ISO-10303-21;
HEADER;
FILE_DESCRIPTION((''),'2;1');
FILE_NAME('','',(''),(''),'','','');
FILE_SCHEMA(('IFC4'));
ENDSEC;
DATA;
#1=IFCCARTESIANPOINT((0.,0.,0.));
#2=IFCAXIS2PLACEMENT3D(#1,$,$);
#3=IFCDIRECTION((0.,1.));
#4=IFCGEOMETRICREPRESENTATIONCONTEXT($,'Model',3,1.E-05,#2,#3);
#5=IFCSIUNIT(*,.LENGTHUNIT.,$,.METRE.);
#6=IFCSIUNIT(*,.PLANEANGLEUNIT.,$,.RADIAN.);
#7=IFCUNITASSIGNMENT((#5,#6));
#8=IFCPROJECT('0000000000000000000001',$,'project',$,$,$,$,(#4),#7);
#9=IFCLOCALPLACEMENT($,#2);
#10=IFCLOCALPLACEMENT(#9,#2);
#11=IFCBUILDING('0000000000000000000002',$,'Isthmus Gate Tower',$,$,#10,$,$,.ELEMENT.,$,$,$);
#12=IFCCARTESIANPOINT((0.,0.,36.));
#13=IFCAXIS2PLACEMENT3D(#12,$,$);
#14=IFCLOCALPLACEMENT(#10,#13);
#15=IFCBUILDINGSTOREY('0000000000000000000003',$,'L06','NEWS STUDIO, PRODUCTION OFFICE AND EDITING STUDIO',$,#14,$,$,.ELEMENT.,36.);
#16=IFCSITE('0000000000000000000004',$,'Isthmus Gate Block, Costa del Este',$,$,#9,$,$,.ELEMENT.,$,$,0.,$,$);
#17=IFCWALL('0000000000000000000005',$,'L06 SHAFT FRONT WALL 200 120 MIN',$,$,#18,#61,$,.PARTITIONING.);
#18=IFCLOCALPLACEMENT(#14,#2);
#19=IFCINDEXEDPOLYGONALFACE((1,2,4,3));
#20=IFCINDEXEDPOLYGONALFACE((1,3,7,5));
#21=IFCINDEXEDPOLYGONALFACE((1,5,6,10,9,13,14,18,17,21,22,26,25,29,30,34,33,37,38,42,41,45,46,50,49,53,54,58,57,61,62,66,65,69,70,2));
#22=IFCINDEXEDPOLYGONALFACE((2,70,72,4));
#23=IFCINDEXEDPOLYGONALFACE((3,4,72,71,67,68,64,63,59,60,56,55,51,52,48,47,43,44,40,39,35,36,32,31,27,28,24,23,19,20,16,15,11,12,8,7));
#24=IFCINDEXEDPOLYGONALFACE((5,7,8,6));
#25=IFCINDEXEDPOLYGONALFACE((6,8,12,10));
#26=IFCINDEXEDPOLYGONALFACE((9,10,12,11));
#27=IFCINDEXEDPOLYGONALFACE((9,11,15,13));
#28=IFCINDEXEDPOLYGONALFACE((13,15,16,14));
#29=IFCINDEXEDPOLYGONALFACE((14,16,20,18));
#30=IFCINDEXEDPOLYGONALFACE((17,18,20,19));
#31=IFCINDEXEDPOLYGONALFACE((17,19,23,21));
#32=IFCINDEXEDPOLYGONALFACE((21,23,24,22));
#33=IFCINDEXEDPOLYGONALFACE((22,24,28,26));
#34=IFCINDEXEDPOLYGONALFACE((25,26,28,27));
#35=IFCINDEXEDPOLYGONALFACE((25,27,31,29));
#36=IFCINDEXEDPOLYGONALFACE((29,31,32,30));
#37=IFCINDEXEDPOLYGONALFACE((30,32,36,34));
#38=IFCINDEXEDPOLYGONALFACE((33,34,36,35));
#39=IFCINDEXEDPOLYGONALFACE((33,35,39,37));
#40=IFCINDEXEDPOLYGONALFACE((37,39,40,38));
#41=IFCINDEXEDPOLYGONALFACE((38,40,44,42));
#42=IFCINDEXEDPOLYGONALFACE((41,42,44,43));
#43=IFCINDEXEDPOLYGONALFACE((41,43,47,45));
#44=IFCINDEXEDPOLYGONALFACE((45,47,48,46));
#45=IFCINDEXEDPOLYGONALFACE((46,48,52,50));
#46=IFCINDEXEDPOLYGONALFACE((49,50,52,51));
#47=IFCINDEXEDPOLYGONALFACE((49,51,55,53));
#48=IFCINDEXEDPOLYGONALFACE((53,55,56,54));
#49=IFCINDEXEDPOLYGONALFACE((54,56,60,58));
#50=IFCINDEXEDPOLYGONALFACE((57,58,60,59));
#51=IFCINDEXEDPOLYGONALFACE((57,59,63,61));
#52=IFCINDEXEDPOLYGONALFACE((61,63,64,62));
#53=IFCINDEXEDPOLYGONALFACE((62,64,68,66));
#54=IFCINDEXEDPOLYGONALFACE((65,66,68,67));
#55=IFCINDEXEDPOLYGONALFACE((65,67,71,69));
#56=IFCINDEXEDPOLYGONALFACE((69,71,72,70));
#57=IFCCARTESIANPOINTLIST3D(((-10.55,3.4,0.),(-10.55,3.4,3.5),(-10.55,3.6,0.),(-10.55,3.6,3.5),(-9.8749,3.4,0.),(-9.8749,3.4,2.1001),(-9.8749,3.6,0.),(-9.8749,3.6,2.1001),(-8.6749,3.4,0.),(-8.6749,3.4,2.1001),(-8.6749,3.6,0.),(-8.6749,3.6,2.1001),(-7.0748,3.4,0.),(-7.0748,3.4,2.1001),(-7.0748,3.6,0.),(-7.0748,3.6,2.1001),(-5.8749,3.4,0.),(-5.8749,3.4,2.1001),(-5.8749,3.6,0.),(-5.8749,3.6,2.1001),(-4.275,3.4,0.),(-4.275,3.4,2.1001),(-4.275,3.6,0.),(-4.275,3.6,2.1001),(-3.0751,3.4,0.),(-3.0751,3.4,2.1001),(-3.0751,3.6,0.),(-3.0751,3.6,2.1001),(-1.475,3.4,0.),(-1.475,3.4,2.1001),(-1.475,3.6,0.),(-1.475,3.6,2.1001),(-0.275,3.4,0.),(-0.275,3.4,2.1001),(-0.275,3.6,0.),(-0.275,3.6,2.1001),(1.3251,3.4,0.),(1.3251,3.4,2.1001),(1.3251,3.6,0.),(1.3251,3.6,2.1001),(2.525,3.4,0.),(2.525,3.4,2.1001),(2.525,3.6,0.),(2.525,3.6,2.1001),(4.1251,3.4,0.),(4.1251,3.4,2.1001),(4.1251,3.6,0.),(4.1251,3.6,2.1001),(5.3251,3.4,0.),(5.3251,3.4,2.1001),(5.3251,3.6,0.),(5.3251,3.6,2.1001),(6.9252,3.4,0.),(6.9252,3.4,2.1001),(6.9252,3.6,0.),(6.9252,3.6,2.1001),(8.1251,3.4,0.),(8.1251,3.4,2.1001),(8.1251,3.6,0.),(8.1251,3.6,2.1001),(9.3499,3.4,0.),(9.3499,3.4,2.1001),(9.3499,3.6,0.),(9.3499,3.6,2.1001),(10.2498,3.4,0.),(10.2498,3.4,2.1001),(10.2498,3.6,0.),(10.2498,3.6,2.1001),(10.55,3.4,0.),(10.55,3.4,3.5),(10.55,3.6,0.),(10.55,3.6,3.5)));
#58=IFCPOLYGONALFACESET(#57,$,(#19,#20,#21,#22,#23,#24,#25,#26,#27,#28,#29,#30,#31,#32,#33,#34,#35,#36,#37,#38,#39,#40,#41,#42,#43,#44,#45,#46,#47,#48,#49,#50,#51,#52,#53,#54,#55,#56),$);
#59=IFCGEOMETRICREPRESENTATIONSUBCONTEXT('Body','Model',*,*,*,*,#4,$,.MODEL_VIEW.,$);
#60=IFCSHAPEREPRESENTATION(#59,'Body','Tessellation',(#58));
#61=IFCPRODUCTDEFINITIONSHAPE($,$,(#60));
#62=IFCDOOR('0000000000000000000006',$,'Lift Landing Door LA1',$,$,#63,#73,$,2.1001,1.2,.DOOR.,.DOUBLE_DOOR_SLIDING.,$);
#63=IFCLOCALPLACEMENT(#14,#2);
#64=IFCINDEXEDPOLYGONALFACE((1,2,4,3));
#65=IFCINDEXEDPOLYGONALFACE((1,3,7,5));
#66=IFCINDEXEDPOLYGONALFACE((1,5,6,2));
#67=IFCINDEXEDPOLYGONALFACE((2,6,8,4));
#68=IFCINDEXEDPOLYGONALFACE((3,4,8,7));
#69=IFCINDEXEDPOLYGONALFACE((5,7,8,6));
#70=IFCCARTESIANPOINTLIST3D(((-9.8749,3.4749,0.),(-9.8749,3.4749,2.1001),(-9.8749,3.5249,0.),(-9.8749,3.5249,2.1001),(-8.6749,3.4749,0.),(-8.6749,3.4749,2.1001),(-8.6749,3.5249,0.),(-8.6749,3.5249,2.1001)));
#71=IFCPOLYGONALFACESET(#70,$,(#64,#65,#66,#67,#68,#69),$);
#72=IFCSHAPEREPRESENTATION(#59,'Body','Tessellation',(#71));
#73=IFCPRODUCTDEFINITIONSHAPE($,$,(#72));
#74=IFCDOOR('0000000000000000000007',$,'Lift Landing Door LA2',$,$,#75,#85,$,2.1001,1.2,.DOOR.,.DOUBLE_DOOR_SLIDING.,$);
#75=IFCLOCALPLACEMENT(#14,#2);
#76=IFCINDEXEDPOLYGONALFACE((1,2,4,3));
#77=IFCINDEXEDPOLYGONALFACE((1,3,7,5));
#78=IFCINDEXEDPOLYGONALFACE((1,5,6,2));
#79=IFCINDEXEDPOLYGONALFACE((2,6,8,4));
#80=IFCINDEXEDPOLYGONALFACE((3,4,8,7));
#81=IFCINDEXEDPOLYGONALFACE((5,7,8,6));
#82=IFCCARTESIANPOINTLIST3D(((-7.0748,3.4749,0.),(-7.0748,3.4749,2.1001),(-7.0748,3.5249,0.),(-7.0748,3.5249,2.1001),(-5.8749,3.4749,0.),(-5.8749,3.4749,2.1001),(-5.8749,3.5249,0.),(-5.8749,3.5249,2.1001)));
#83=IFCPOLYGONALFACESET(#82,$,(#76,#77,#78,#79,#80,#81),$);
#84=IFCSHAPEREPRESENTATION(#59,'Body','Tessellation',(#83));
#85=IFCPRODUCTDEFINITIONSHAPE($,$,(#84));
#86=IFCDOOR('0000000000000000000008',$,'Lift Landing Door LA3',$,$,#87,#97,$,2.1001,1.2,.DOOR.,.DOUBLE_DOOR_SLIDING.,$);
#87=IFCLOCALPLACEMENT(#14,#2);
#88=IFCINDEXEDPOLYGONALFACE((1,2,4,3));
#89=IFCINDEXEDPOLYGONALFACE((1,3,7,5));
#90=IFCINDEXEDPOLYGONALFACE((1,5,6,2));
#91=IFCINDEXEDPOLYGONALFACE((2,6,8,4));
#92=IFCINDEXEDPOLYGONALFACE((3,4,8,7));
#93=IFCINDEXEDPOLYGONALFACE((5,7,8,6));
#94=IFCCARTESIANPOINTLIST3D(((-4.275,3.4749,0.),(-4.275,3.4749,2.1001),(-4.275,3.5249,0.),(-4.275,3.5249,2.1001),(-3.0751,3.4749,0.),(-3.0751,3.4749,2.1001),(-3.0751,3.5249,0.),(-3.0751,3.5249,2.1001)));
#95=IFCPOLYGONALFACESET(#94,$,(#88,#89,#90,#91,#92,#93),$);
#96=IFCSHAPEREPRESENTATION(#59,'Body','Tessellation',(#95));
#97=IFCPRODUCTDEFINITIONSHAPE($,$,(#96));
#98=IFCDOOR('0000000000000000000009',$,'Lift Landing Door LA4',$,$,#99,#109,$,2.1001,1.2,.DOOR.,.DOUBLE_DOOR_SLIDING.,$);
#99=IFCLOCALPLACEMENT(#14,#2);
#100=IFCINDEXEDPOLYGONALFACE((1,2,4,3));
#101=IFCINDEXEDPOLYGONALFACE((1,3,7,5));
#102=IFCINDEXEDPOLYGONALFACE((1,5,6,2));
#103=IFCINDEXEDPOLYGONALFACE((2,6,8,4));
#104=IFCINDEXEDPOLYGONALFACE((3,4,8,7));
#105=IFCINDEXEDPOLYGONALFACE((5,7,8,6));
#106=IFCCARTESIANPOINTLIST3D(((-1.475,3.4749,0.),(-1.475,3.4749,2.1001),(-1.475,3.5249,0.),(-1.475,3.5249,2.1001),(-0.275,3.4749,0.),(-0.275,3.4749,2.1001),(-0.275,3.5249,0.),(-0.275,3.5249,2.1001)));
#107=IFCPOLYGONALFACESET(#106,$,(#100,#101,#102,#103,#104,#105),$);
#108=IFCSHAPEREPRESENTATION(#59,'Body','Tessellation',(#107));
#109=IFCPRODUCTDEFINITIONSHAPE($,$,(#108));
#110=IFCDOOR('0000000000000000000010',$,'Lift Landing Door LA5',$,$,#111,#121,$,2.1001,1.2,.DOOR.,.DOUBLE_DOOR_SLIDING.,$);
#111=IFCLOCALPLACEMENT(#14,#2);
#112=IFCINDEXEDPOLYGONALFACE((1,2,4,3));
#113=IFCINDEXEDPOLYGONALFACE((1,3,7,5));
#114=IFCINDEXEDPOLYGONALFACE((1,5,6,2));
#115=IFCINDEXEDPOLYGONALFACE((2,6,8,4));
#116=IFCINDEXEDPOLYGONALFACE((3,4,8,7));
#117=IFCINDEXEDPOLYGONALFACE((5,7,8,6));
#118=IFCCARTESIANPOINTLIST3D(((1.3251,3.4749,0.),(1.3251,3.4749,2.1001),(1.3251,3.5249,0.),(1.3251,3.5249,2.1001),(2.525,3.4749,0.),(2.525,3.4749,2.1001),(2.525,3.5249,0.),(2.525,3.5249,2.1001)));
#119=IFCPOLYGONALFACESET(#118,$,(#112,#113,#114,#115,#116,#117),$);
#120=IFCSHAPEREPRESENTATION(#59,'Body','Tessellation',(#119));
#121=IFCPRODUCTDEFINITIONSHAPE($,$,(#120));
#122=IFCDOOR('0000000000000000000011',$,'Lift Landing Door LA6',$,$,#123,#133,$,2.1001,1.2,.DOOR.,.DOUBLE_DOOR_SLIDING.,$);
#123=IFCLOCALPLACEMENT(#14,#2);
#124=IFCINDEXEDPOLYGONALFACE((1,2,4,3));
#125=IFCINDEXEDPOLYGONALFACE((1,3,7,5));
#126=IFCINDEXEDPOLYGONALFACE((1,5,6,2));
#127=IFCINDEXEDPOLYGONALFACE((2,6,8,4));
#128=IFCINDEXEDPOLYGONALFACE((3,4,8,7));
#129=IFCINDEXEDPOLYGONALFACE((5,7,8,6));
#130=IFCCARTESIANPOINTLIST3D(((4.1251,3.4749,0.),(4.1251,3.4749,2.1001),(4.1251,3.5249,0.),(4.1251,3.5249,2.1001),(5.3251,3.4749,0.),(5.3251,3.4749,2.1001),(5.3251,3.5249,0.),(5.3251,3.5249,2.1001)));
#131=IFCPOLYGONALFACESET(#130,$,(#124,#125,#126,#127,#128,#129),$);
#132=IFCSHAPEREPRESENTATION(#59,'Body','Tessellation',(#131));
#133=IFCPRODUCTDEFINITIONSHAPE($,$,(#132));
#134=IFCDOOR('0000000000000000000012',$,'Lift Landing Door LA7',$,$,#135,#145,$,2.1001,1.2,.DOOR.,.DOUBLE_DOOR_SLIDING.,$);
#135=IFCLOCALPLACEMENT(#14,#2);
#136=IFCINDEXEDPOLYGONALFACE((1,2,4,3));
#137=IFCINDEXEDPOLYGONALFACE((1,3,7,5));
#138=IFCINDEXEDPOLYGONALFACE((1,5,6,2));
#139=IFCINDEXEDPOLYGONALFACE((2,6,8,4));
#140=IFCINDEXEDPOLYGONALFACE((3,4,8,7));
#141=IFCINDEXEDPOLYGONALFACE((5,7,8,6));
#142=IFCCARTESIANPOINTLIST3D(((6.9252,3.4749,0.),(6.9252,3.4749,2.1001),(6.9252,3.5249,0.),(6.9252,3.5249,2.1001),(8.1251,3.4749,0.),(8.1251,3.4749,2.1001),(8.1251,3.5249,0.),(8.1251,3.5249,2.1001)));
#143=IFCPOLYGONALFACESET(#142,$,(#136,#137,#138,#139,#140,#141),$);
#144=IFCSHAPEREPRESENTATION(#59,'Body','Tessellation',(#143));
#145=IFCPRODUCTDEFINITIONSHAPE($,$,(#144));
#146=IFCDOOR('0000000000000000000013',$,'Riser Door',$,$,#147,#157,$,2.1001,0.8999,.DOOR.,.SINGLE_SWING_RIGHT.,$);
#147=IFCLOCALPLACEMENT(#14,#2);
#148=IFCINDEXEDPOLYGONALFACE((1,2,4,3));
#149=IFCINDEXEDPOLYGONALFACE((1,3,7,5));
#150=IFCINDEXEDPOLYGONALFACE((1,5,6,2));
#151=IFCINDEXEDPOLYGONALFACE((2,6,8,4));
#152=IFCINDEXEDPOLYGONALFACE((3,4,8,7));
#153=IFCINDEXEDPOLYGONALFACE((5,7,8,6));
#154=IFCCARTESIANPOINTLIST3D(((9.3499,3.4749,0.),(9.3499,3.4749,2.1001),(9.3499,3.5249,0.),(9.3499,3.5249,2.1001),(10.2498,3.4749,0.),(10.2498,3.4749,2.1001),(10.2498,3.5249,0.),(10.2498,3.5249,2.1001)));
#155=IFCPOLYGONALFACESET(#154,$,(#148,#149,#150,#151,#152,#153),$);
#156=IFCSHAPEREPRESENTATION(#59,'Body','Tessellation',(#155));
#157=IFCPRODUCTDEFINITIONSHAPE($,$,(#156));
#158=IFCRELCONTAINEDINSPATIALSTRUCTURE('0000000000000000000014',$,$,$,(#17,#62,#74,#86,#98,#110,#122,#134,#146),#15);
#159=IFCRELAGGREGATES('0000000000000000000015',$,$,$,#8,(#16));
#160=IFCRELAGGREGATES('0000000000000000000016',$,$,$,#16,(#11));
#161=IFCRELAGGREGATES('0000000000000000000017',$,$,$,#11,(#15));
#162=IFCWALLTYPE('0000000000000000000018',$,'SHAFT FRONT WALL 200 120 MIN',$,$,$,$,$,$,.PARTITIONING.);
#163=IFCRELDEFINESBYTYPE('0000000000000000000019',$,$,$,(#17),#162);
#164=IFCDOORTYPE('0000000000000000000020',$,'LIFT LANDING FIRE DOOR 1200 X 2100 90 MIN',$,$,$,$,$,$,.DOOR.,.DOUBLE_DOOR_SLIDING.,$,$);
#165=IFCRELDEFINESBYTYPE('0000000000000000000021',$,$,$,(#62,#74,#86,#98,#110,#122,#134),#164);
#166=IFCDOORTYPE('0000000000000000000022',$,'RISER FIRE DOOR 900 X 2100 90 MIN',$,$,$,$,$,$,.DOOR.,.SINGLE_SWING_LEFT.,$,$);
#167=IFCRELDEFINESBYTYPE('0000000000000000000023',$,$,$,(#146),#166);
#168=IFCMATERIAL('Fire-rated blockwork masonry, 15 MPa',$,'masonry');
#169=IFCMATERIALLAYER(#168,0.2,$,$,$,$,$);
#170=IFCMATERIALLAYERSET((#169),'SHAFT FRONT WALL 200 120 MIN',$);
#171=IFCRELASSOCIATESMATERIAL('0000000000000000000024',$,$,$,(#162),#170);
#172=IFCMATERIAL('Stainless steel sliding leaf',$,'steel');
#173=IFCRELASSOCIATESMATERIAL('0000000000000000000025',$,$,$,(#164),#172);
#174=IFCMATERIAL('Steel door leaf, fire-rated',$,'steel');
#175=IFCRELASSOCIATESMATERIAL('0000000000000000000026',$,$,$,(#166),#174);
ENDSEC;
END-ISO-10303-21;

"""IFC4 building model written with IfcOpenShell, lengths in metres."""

from ifc_helpers import new_model, si_unit, direction, frame, frame_2d, origin, place, context, subcontext, project, spatial, rectangle, extrude, material, layer, layer_set, type_object, element, fill, save


model = new_model("IFC4")

# Units and contexts
model_context = context("Model", 3, precision=1e-05, world=origin(), true_north=direction((0.0, 1.0)))
body_context = subcontext(model_context, "Body", "Model", "MODEL_VIEW")
ifc_project = project(units=[si_unit("LENGTHUNIT", "METRE"), si_unit("PLANEANGLEUNIT", "RADIAN")], contexts=[model_context])

# Site, building, storey
site_placement = place(None, origin())
site = spatial("IfcSite", under=ifc_project, at=site_placement, Name="Isthmus Gate Block, Costa del Este", CompositionType="ELEMENT", RefElevation=0.0)
building_placement = place(site_placement, origin())
building = spatial("IfcBuilding", under=site, at=building_placement, Name="Isthmus Gate Tower", CompositionType="ELEMENT")
storey_placement = place(building_placement, frame((0.0, 0.0, 36.0)))
storey = spatial("IfcBuildingStorey", under=building, at=storey_placement, Name="L06", Description="NEWS STUDIO, PRODUCTION OFFICE AND EDITING STUDIO", CompositionType="ELEMENT", Elevation=36.0)

# Wall, openings, doors
ifc_material_1 = material(Name="Fire-rated blockwork masonry, 15 MPa", Category="masonry")
ifc_layer_1 = layer(ifc_material_1, 0.2)
ifc_layer_set_1 = layer_set([ifc_layer_1], Name="SHAFT FRONT WALL 200 120 MIN")
wall_type_1 = type_object("IfcWallType", Name="SHAFT FRONT WALL 200 120 MIN", PredefinedType="PARTITIONING", material=ifc_layer_set_1)
wall_1_placement = place(storey_placement, frame((-10.55, 3.5, 0.0), z_axis=(0.0, 0.0, 1.0), x_axis=(1.0, 0.0, 0.0)))
wall_1 = element("IfcWall", 1, at=wall_1_placement, inside=storey, type_object=wall_type_1, Name="L06 SHAFT FRONT WALL 200 120 MIN", PredefinedType="PARTITIONING", context=body_context, shape_type="SweptSolid", body=[
    extrude(rectangle(XDim=21.1001, YDim=0.2, at=frame_2d((10.55, 0.0))), origin(), (0.0, 0.0, 1.0), 3.5),
])
opening_1_placement = place(wall_1_placement, frame((0.675, 0.0, 0.0)))
opening_1 = element("IfcOpeningElement", 2, at=opening_1_placement, cuts=wall_1, PredefinedType="OPENING", context=body_context, shape_type="SweptSolid", body=[
    extrude(rectangle(XDim=1.2, YDim=2.1001, at=frame_2d((0.6001, 1.05))), frame((0.0, 0.1099, 0.0), z_axis=(0.0, -1.0, 0.0), x_axis=(1.0, 0.0, 0.0)), (0.0, 0.0, 1.0), 0.22),
])
opening_2_placement = place(wall_1_placement, frame((3.4751, 0.0, 0.0)))
opening_2 = element("IfcOpeningElement", 3, at=opening_2_placement, cuts=wall_1, PredefinedType="OPENING", context=body_context, shape_type="SweptSolid", body=[
    extrude(rectangle(XDim=1.2, YDim=2.1001, at=frame_2d((0.6001, 1.05))), frame((0.0, 0.1099, 0.0), z_axis=(0.0, -1.0, 0.0), x_axis=(1.0, 0.0, 0.0)), (0.0, 0.0, 1.0), 0.22),
])
opening_3_placement = place(wall_1_placement, frame((6.2749, 0.0, 0.0)))
opening_3 = element("IfcOpeningElement", 4, at=opening_3_placement, cuts=wall_1, PredefinedType="OPENING", context=body_context, shape_type="SweptSolid", body=[
    extrude(rectangle(XDim=1.2, YDim=2.1001, at=frame_2d((0.6001, 1.05))), frame((0.0, 0.1099, 0.0), z_axis=(0.0, -1.0, 0.0), x_axis=(1.0, 0.0, 0.0)), (0.0, 0.0, 1.0), 0.22),
])
opening_4_placement = place(wall_1_placement, frame((9.075, 0.0, 0.0)))
opening_4 = element("IfcOpeningElement", 5, at=opening_4_placement, cuts=wall_1, PredefinedType="OPENING", context=body_context, shape_type="SweptSolid", body=[
    extrude(rectangle(XDim=1.2, YDim=2.1001, at=frame_2d((0.6001, 1.05))), frame((0.0, 0.1099, 0.0), z_axis=(0.0, -1.0, 0.0), x_axis=(1.0, 0.0, 0.0)), (0.0, 0.0, 1.0), 0.22),
])
opening_5_placement = place(wall_1_placement, frame((11.875, 0.0, 0.0)))
opening_5 = element("IfcOpeningElement", 6, at=opening_5_placement, cuts=wall_1, PredefinedType="OPENING", context=body_context, shape_type="SweptSolid", body=[
    extrude(rectangle(XDim=1.2, YDim=2.1001, at=frame_2d((0.6001, 1.05))), frame((0.0, 0.1099, 0.0), z_axis=(0.0, -1.0, 0.0), x_axis=(1.0, 0.0, 0.0)), (0.0, 0.0, 1.0), 0.22),
])
opening_6_placement = place(wall_1_placement, frame((14.675, 0.0, 0.0)))
opening_6 = element("IfcOpeningElement", 7, at=opening_6_placement, cuts=wall_1, PredefinedType="OPENING", context=body_context, shape_type="SweptSolid", body=[
    extrude(rectangle(XDim=1.2, YDim=2.1001, at=frame_2d((0.6001, 1.05))), frame((0.0, 0.1099, 0.0), z_axis=(0.0, -1.0, 0.0), x_axis=(1.0, 0.0, 0.0)), (0.0, 0.0, 1.0), 0.22),
])
opening_7_placement = place(wall_1_placement, frame((17.4751, 0.0, 0.0)))
opening_7 = element("IfcOpeningElement", 8, at=opening_7_placement, cuts=wall_1, PredefinedType="OPENING", context=body_context, shape_type="SweptSolid", body=[
    extrude(rectangle(XDim=1.2, YDim=2.1001, at=frame_2d((0.6001, 1.05))), frame((0.0, 0.1099, 0.0), z_axis=(0.0, -1.0, 0.0), x_axis=(1.0, 0.0, 0.0)), (0.0, 0.0, 1.0), 0.22),
])
opening_8_placement = place(wall_1_placement, frame((19.8999, 0.0, 0.0)))
opening_8 = element("IfcOpeningElement", 9, at=opening_8_placement, cuts=wall_1, PredefinedType="OPENING", context=body_context, shape_type="SweptSolid", body=[
    extrude(rectangle(XDim=0.8999, YDim=2.1001, at=frame_2d((0.45, 1.05))), frame((0.0, 0.1099, 0.0), z_axis=(0.0, -1.0, 0.0), x_axis=(1.0, 0.0, 0.0)), (0.0, 0.0, 1.0), 0.22),
])
ifc_material_2 = material(Name="Stainless steel sliding leaf", Category="steel")
door_type_1 = type_object("IfcDoorType", Name="LIFT LANDING FIRE DOOR 1200 X 2100 90 MIN", OperationType="DOUBLE_DOOR_SLIDING", PredefinedType="DOOR", material=ifc_material_2)
door_1_placement = place(opening_1_placement, origin())
door_1 = element("IfcDoor", 10, at=door_1_placement, inside=storey, type_object=door_type_1, Name="Lift Landing Door LA1", OperationType="DOUBLE_DOOR_SLIDING", OverallHeight=2.1001, OverallWidth=1.2, PredefinedType="DOOR", context=body_context, shape_type="SweptSolid", body=[
    extrude(rectangle(XDim=1.2, YDim=2.1001, at=frame_2d((0.6001, 1.05))), frame((0.0, 0.0249, 0.0), z_axis=(0.0, -1.0, 0.0), x_axis=(1.0, 0.0, 0.0)), (0.0, 0.0, 1.0), 0.05),
])
fill(opening_1, door_1)
door_2_placement = place(opening_2_placement, origin())
door_2 = element("IfcDoor", 11, at=door_2_placement, inside=storey, type_object=door_type_1, Name="Lift Landing Door LA2", OperationType="DOUBLE_DOOR_SLIDING", OverallHeight=2.1001, OverallWidth=1.2, PredefinedType="DOOR", context=body_context, shape_type="SweptSolid", body=[
    extrude(rectangle(XDim=1.2, YDim=2.1001, at=frame_2d((0.6001, 1.05))), frame((0.0, 0.0249, 0.0), z_axis=(0.0, -1.0, 0.0), x_axis=(1.0, 0.0, 0.0)), (0.0, 0.0, 1.0), 0.05),
])
fill(opening_2, door_2)
door_3_placement = place(opening_3_placement, origin())
door_3 = element("IfcDoor", 12, at=door_3_placement, inside=storey, type_object=door_type_1, Name="Lift Landing Door LA3", OperationType="DOUBLE_DOOR_SLIDING", OverallHeight=2.1001, OverallWidth=1.2, PredefinedType="DOOR", context=body_context, shape_type="SweptSolid", body=[
    extrude(rectangle(XDim=1.2, YDim=2.1001, at=frame_2d((0.6001, 1.05))), frame((0.0, 0.0249, 0.0), z_axis=(0.0, -1.0, 0.0), x_axis=(1.0, 0.0, 0.0)), (0.0, 0.0, 1.0), 0.05),
])
fill(opening_3, door_3)
door_4_placement = place(opening_4_placement, origin())
door_4 = element("IfcDoor", 13, at=door_4_placement, inside=storey, type_object=door_type_1, Name="Lift Landing Door LA4", OperationType="DOUBLE_DOOR_SLIDING", OverallHeight=2.1001, OverallWidth=1.2, PredefinedType="DOOR", context=body_context, shape_type="SweptSolid", body=[
    extrude(rectangle(XDim=1.2, YDim=2.1001, at=frame_2d((0.6001, 1.05))), frame((0.0, 0.0249, 0.0), z_axis=(0.0, -1.0, 0.0), x_axis=(1.0, 0.0, 0.0)), (0.0, 0.0, 1.0), 0.05),
])
fill(opening_4, door_4)
door_5_placement = place(opening_5_placement, origin())
door_5 = element("IfcDoor", 14, at=door_5_placement, inside=storey, type_object=door_type_1, Name="Lift Landing Door LA5", OperationType="DOUBLE_DOOR_SLIDING", OverallHeight=2.1001, OverallWidth=1.2, PredefinedType="DOOR", context=body_context, shape_type="SweptSolid", body=[
    extrude(rectangle(XDim=1.2, YDim=2.1001, at=frame_2d((0.6001, 1.05))), frame((0.0, 0.0249, 0.0), z_axis=(0.0, -1.0, 0.0), x_axis=(1.0, 0.0, 0.0)), (0.0, 0.0, 1.0), 0.05),
])
fill(opening_5, door_5)
door_6_placement = place(opening_6_placement, origin())
door_6 = element("IfcDoor", 15, at=door_6_placement, inside=storey, type_object=door_type_1, Name="Lift Landing Door LA6", OperationType="DOUBLE_DOOR_SLIDING", OverallHeight=2.1001, OverallWidth=1.2, PredefinedType="DOOR", context=body_context, shape_type="SweptSolid", body=[
    extrude(rectangle(XDim=1.2, YDim=2.1001, at=frame_2d((0.6001, 1.05))), frame((0.0, 0.0249, 0.0), z_axis=(0.0, -1.0, 0.0), x_axis=(1.0, 0.0, 0.0)), (0.0, 0.0, 1.0), 0.05),
])
fill(opening_6, door_6)
door_7_placement = place(opening_7_placement, origin())
door_7 = element("IfcDoor", 16, at=door_7_placement, inside=storey, type_object=door_type_1, Name="Lift Landing Door LA7", OperationType="DOUBLE_DOOR_SLIDING", OverallHeight=2.1001, OverallWidth=1.2, PredefinedType="DOOR", context=body_context, shape_type="SweptSolid", body=[
    extrude(rectangle(XDim=1.2, YDim=2.1001, at=frame_2d((0.6001, 1.05))), frame((0.0, 0.0249, 0.0), z_axis=(0.0, -1.0, 0.0), x_axis=(1.0, 0.0, 0.0)), (0.0, 0.0, 1.0), 0.05),
])
fill(opening_7, door_7)
ifc_material_3 = material(Name="Steel door leaf, fire-rated", Category="steel")
door_type_2 = type_object("IfcDoorType", Name="RISER FIRE DOOR 900 X 2100 90 MIN", OperationType="SINGLE_SWING_LEFT", PredefinedType="DOOR", material=ifc_material_3)
door_8_placement = place(opening_8_placement, origin())
door_8 = element("IfcDoor", 17, at=door_8_placement, inside=storey, type_object=door_type_2, Name="Riser Door", OperationType="SINGLE_SWING_RIGHT", OverallHeight=2.1001, OverallWidth=0.8999, PredefinedType="DOOR", context=body_context, shape_type="SweptSolid", body=[
    extrude(rectangle(XDim=0.8999, YDim=2.1001, at=frame_2d((0.45, 1.05))), frame((0.0, 0.0249, 0.0), z_axis=(0.0, -1.0, 0.0), x_axis=(1.0, 0.0, 0.0)), (0.0, 0.0, 1.0), 0.05),
])
fill(opening_8, door_8)

save(model, "model.ifc")
